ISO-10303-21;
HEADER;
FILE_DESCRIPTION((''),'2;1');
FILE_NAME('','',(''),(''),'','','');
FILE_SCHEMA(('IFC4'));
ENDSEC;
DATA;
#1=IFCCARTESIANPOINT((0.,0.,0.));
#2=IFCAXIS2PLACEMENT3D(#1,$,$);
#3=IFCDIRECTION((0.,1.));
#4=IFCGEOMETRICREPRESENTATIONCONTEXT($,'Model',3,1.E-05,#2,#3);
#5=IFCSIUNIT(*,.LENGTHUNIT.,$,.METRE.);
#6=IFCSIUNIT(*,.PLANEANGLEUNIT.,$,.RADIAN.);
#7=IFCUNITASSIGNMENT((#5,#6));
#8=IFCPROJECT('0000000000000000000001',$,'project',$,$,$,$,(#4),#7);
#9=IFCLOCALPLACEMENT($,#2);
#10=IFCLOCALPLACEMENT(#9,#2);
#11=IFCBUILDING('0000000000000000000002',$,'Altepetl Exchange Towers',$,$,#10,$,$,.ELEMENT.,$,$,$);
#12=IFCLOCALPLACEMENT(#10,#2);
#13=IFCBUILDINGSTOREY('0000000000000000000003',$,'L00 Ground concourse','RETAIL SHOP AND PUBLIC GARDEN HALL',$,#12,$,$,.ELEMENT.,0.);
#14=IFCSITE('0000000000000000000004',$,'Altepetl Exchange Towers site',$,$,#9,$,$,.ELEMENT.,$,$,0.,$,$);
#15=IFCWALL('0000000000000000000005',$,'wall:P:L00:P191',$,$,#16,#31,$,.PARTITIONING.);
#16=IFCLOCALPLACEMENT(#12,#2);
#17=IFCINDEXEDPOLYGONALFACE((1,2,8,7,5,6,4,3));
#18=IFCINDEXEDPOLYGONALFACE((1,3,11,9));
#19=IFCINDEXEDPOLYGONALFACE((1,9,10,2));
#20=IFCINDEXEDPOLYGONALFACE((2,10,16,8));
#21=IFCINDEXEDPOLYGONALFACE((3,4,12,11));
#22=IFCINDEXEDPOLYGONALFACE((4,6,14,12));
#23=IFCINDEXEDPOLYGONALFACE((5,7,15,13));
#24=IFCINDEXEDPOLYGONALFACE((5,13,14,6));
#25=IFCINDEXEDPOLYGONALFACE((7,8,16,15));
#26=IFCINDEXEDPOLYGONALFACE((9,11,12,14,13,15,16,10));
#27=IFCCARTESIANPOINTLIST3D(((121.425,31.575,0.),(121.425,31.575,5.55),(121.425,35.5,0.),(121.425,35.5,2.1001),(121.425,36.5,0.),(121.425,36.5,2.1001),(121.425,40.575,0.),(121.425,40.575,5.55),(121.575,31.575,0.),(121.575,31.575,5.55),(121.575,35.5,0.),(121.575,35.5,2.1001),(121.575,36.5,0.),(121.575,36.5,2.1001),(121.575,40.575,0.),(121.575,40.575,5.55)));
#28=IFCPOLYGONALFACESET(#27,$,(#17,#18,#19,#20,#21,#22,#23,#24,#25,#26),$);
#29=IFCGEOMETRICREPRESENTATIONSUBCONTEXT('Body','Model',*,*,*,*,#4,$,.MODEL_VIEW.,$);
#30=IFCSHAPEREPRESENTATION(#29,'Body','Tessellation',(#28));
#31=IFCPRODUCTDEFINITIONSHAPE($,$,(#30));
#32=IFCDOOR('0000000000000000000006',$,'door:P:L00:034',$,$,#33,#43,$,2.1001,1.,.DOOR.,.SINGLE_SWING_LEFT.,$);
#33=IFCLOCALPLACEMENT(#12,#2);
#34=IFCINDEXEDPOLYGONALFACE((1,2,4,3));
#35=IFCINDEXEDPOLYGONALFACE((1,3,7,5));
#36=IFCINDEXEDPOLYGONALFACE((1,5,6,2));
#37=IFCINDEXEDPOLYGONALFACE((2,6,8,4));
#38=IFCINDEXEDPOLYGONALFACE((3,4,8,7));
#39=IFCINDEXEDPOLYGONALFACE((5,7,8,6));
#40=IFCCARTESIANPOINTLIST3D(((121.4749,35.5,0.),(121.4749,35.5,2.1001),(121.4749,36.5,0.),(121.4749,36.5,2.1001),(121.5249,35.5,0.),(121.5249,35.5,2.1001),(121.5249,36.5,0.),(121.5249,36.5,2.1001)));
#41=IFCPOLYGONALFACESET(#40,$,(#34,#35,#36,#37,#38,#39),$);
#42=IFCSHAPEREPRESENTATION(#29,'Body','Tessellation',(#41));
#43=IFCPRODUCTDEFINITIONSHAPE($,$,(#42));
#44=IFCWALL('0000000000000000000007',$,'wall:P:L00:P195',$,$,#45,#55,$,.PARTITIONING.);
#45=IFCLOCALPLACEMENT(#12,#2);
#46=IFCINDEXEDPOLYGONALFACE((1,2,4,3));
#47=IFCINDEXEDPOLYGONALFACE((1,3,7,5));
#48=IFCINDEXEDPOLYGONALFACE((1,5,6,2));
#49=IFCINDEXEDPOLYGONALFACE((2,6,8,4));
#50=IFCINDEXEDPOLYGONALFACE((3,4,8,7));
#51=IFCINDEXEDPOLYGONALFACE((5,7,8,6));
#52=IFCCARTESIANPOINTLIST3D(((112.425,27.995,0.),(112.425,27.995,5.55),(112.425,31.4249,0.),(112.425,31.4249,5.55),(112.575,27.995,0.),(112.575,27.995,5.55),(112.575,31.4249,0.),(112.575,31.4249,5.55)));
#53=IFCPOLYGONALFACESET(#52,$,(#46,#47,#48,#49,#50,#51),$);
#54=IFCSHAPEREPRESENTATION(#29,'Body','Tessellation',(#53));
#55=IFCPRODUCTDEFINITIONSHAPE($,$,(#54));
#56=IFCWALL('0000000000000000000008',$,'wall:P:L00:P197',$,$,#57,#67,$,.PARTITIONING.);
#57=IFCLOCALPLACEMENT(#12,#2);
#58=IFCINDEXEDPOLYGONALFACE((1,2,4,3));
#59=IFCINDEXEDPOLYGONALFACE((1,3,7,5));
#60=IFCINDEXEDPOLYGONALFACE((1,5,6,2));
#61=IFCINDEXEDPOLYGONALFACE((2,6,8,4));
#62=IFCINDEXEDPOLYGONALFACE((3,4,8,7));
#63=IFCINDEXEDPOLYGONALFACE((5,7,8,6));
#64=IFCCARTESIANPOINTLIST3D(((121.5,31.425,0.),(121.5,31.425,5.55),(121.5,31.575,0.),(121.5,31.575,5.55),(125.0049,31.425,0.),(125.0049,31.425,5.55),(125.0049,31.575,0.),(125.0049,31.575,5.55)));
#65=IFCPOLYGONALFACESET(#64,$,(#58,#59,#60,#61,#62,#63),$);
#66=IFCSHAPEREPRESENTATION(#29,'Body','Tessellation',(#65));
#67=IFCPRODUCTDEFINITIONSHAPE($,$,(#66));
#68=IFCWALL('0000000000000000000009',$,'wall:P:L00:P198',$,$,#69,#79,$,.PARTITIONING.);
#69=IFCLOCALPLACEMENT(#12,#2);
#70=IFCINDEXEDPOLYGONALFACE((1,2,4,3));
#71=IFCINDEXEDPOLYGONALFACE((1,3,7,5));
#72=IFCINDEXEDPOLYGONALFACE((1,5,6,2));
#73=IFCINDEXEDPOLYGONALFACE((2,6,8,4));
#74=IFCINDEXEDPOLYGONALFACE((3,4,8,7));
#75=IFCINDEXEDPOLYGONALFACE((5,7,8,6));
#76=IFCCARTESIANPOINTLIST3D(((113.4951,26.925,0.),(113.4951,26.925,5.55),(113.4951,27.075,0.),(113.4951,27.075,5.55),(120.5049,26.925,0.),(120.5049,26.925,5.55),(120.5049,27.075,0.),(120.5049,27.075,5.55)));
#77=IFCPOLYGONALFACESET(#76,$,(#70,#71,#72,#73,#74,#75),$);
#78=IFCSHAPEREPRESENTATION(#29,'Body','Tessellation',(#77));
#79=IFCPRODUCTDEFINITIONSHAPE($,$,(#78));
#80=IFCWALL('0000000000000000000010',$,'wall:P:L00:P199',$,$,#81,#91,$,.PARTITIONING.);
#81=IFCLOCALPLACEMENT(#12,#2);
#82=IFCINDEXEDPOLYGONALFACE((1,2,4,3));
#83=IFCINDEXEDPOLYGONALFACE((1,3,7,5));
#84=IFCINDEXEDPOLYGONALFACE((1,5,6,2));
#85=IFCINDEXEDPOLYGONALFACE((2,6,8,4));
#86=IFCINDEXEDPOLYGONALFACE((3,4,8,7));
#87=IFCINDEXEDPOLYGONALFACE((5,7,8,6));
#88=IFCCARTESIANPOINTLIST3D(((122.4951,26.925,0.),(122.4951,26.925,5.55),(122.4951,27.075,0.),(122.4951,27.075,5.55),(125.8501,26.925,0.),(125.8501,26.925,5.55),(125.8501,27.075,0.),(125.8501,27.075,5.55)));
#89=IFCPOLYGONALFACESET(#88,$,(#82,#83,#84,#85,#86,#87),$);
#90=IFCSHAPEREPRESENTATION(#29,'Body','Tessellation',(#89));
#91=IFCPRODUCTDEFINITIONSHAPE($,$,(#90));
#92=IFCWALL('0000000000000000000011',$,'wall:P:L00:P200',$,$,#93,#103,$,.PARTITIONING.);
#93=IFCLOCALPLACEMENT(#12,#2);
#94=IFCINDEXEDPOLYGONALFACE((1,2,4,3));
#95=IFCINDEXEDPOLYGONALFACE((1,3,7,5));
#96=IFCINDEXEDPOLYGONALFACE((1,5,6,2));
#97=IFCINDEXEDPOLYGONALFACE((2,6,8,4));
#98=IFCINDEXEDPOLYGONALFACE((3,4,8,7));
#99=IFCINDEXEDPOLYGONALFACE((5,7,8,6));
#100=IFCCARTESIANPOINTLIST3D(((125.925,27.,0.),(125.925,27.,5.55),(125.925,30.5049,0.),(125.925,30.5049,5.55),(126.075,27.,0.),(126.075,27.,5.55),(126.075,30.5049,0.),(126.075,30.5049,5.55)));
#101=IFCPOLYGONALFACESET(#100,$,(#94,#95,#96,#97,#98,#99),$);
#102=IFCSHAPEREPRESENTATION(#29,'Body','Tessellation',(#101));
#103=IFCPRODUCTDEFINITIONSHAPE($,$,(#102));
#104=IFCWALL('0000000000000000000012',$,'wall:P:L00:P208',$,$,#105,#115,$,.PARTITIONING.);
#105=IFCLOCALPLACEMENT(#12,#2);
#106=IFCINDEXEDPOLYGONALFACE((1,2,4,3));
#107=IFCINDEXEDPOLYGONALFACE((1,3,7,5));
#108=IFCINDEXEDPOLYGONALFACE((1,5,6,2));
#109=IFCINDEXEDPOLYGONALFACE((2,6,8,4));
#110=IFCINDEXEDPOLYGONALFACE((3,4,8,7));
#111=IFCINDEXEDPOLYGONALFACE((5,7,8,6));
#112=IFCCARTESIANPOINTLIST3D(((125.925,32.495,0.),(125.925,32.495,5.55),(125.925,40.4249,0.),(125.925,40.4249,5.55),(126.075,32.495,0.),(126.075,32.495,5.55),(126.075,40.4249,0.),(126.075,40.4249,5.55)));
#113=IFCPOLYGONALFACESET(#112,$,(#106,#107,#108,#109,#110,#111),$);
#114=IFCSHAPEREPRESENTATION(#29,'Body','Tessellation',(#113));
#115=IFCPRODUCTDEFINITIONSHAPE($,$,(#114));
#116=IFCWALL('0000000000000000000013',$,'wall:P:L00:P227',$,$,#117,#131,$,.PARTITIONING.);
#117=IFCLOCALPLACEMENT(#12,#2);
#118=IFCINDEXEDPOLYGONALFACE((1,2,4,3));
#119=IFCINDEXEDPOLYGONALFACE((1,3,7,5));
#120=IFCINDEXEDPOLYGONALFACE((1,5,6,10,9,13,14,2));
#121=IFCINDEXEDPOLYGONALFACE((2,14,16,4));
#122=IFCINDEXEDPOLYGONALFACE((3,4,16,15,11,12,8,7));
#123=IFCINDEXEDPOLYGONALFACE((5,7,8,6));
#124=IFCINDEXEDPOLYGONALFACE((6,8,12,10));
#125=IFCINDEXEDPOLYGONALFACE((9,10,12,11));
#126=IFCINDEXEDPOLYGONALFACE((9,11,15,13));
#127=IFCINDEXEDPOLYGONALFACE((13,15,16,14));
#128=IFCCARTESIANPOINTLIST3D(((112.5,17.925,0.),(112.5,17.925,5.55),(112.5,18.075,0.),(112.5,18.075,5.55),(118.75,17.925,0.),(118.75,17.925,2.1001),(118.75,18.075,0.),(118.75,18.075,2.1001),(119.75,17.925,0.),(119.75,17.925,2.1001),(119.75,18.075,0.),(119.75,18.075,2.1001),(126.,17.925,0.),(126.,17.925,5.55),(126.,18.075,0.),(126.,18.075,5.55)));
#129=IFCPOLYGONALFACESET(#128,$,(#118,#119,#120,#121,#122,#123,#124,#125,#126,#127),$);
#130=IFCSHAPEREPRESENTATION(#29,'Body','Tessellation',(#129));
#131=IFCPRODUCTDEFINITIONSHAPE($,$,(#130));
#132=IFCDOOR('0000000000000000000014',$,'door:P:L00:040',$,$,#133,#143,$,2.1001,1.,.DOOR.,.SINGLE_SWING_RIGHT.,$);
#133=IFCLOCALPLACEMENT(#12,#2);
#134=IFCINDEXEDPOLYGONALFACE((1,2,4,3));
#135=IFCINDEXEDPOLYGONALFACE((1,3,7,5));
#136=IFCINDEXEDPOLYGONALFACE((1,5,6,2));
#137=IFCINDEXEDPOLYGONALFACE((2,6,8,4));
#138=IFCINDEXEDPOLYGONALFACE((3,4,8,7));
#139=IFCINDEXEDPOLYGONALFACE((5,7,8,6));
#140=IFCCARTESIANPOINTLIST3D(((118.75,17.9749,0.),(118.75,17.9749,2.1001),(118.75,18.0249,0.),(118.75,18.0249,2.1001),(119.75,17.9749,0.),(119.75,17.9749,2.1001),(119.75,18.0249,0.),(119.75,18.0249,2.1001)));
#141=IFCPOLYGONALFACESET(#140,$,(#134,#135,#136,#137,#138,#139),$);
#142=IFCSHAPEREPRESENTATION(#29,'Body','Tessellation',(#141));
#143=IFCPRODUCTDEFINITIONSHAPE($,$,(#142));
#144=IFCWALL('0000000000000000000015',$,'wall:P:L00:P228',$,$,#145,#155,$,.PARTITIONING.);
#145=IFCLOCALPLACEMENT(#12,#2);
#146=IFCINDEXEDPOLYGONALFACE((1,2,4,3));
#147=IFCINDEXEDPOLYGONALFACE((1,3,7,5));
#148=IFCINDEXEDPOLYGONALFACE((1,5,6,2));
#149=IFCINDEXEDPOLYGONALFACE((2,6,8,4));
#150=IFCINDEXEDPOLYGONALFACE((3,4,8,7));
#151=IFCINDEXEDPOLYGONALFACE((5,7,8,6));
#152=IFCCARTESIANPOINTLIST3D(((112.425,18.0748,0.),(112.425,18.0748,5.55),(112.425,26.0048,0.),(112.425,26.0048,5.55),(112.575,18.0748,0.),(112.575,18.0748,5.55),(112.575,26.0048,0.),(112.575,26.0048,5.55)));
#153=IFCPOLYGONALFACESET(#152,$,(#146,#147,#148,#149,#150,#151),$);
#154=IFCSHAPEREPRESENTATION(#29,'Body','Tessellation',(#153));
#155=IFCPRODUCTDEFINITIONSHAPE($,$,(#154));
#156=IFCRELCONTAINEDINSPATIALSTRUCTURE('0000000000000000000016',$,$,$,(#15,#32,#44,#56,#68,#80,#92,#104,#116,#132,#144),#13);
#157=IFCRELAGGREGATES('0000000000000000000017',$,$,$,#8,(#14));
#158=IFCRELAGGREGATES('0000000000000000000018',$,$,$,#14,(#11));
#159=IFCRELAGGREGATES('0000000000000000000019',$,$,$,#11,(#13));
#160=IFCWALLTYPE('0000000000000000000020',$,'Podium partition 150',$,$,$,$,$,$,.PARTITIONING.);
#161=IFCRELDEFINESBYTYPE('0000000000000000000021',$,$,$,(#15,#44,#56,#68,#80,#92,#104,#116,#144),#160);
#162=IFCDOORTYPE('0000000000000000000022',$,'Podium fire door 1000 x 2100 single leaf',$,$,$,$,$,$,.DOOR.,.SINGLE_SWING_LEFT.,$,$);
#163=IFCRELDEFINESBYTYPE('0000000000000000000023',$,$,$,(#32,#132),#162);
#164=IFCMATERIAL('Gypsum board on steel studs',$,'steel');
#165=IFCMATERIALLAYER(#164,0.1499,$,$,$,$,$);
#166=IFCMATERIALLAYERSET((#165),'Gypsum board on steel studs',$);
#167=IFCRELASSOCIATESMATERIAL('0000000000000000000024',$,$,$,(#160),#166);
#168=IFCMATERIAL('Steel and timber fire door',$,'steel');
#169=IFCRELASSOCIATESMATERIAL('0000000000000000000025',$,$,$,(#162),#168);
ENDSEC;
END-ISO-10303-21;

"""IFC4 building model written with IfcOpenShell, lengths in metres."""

from ifc_helpers import new_model, si_unit, direction, frame, frame_2d, origin, place, context, subcontext, project, spatial, rectangle, extrude, material, layer, layer_set, type_object, element, fill, save


model = new_model("IFC4")

# Units and contexts
model_context = context("Model", 3, precision=1e-05, world=origin(), true_north=direction((0.0, 1.0)))
body_context = subcontext(model_context, "Body", "Model", "MODEL_VIEW")
ifc_project = project(units=[si_unit("LENGTHUNIT", "METRE"), si_unit("PLANEANGLEUNIT", "RADIAN")], contexts=[model_context])

# Site, building, storey
site_placement = place(None, origin())
site = spatial("IfcSite", under=ifc_project, at=site_placement, Name="Altepetl Exchange Towers site", CompositionType="ELEMENT", RefElevation=0.0)
building_placement = place(site_placement, origin())
building = spatial("IfcBuilding", under=site, at=building_placement, Name="Altepetl Exchange Towers", CompositionType="ELEMENT")
storey_placement = place(building_placement, origin())
storey = spatial("IfcBuildingStorey", under=building, at=storey_placement, Name="L00 Ground concourse", Description="RETAIL SHOP AND PUBLIC GARDEN HALL", CompositionType="ELEMENT", Elevation=0.0)

# Shared definitions
ifc_material_1 = material(Name="Steel and timber fire door", Category="steel")

# Shared definitions
ifc_material_2 = material(Name="Gypsum board on steel studs", Category="steel")
ifc_layer_1 = layer(ifc_material_2, 0.1499)
ifc_layer_set_1 = layer_set([ifc_layer_1], Name="Gypsum board on steel studs")
wall_type_1 = type_object("IfcWallType", Name="Podium partition 150", PredefinedType="PARTITIONING", material=ifc_layer_set_1)
door_type_1 = type_object("IfcDoorType", Name="Podium fire door 1000 x 2100 single leaf", OperationType="SINGLE_SWING_LEFT", PredefinedType="DOOR", material=ifc_material_1)

# Wall, opening, door
wall_1_placement = place(storey_placement, frame((121.5, 31.575, 0.0), z_axis=(0.0, 0.0, 1.0), x_axis=(0.0, 1.0, 0.0)))
wall_1 = element("IfcWall", 1, at=wall_1_placement, inside=storey, type_object=wall_type_1, Name="wall:P:L00:P191", PredefinedType="PARTITIONING", context=body_context, shape_type="SweptSolid", body=[
    extrude(rectangle(XDim=9.0, YDim=0.1499, at=frame_2d((4.5, 0.0))), origin(), (0.0, 0.0, 1.0), 5.55),
])
opening_1_placement = place(wall_1_placement, frame((3.925, 0.0, 0.0)))
opening_1 = element("IfcOpeningElement", 2, at=opening_1_placement, cuts=wall_1, PredefinedType="OPENING", context=body_context, shape_type="SweptSolid", body=[
    extrude(rectangle(XDim=1.0, YDim=2.1001, at=frame_2d((0.5, 1.05))), frame((0.0, 0.085, 0.0), z_axis=(0.0, -1.0, 0.0), x_axis=(1.0, 0.0, 0.0)), (0.0, 0.0, 1.0), 0.1699),
])
door_1_placement = place(opening_1_placement, frame((1.0, 0.0, 0.0), x_axis=(-1.0, 0.0, 0.0)))
door_1 = element("IfcDoor", 3, at=door_1_placement, inside=storey, type_object=door_type_1, Name="door:P:L00:034", OperationType="SINGLE_SWING_LEFT", OverallHeight=2.1001, OverallWidth=1.0, PredefinedType="DOOR", context=body_context, shape_type="SweptSolid", body=[
    extrude(rectangle(XDim=1.0, YDim=2.1001, at=frame_2d((0.5, 1.05))), frame((0.0, 0.0249, 0.0), z_axis=(0.0, -1.0, 0.0), x_axis=(1.0, 0.0, 0.0)), (0.0, 0.0, 1.0), 0.05),
])
fill(opening_1, door_1)

# Walls
wall_2_placement = place(storey_placement, frame((112.5, 27.9951, 0.0), z_axis=(0.0, 0.0, 1.0), x_axis=(0.0, 1.0, 0.0)))
element("IfcWall", 4, at=wall_2_placement, inside=storey, type_object=wall_type_1, Name="wall:P:L00:P195", PredefinedType="PARTITIONING", context=body_context, shape_type="SweptSolid", body=[
    extrude(rectangle(XDim=3.4299, YDim=0.1499, at=frame_2d((1.7148, 0.0))), origin(), (0.0, 0.0, 1.0), 5.55),
])
wall_3_placement = place(storey_placement, frame((121.5, 31.5, 0.0)))
element("IfcWall", 5, at=wall_3_placement, inside=storey, type_object=wall_type_1, Name="wall:P:L00:P197", PredefinedType="PARTITIONING", context=body_context, shape_type="SweptSolid", body=[
    extrude(rectangle(XDim=3.5049, YDim=0.1499, at=frame_2d((1.7524, 0.0))), origin(), (0.0, 0.0, 1.0), 5.55),
])
wall_4_placement = place(storey_placement, frame((113.4951, 27.0, 0.0)))
element("IfcWall", 6, at=wall_4_placement, inside=storey, type_object=wall_type_1, Name="wall:P:L00:P198", PredefinedType="PARTITIONING", context=body_context, shape_type="SweptSolid", body=[
    extrude(rectangle(XDim=7.0098, YDim=0.1499, at=frame_2d((3.5049, 0.0))), origin(), (0.0, 0.0, 1.0), 5.55),
])
wall_5_placement = place(storey_placement, frame((122.4951, 27.0, 0.0)))
element("IfcWall", 7, at=wall_5_placement, inside=storey, type_object=wall_type_1, Name="wall:P:L00:P199", PredefinedType="PARTITIONING", context=body_context, shape_type="SweptSolid", body=[
    extrude(rectangle(XDim=3.355, YDim=0.1499, at=frame_2d((1.6775, 0.0))), origin(), (0.0, 0.0, 1.0), 5.55),
])
wall_6_placement = place(storey_placement, frame((126.0, 27.0, 0.0), z_axis=(0.0, 0.0, 1.0), x_axis=(0.0, 1.0, 0.0)))
element("IfcWall", 8, at=wall_6_placement, inside=storey, type_object=wall_type_1, Name="wall:P:L00:P200", PredefinedType="PARTITIONING", context=body_context, shape_type="SweptSolid", body=[
    extrude(rectangle(XDim=3.5049, YDim=0.1499, at=frame_2d((1.7524, 0.0))), origin(), (0.0, 0.0, 1.0), 5.55),
])
wall_7_placement = place(storey_placement, frame((126.0, 32.4951, 0.0), z_axis=(0.0, 0.0, 1.0), x_axis=(0.0, 1.0, 0.0)))
element("IfcWall", 9, at=wall_7_placement, inside=storey, type_object=wall_type_1, Name="wall:P:L00:P208", PredefinedType="PARTITIONING", context=body_context, shape_type="SweptSolid", body=[
    extrude(rectangle(XDim=7.9299, YDim=0.1499, at=frame_2d((3.9648, 0.0))), origin(), (0.0, 0.0, 1.0), 5.55),
])

# Wall, opening, door
wall_8_placement = place(storey_placement, frame((112.5, 18.0, 0.0)))
wall_8 = element("IfcWall", 10, at=wall_8_placement, inside=storey, type_object=wall_type_1, Name="wall:P:L00:P227", PredefinedType="PARTITIONING", context=body_context, shape_type="SweptSolid", body=[
    extrude(rectangle(XDim=13.5, YDim=0.1499, at=frame_2d((6.75, 0.0))), origin(), (0.0, 0.0, 1.0), 5.55),
])
opening_2_placement = place(wall_8_placement, frame((6.25, 0.0, 0.0)))
opening_2 = element("IfcOpeningElement", 11, at=opening_2_placement, cuts=wall_8, PredefinedType="OPENING", context=body_context, shape_type="SweptSolid", body=[
    extrude(rectangle(XDim=1.0, YDim=2.1001, at=frame_2d((0.5, 1.05))), frame((0.0, 0.085, 0.0), z_axis=(0.0, -1.0, 0.0), x_axis=(1.0, 0.0, 0.0)), (0.0, 0.0, 1.0), 0.1699),
])
door_2_placement = place(opening_2_placement, origin())
door_2 = element("IfcDoor", 12, at=door_2_placement, inside=storey, type_object=door_type_1, Name="door:P:L00:040", OperationType="SINGLE_SWING_RIGHT", OverallHeight=2.1001, OverallWidth=1.0, PredefinedType="DOOR", context=body_context, shape_type="SweptSolid", body=[
    extrude(rectangle(XDim=1.0, YDim=2.1001, at=frame_2d((0.5, 1.05))), frame((0.0, 0.0249, 0.0), z_axis=(0.0, -1.0, 0.0), x_axis=(1.0, 0.0, 0.0)), (0.0, 0.0, 1.0), 0.05),
])
fill(opening_2, door_2)

# Wall
wall_9_placement = place(storey_placement, frame((112.5, 18.075, 0.0), z_axis=(0.0, 0.0, 1.0), x_axis=(0.0, 1.0, 0.0)))
element("IfcWall", 13, at=wall_9_placement, inside=storey, type_object=wall_type_1, Name="wall:P:L00:P228", PredefinedType="PARTITIONING", context=body_context, shape_type="SweptSolid", body=[
    extrude(rectangle(XDim=7.9299, YDim=0.1499, at=frame_2d((3.9648, 0.0))), origin(), (0.0, 0.0, 1.0), 5.55),
])

save(model, "model.ifc")
